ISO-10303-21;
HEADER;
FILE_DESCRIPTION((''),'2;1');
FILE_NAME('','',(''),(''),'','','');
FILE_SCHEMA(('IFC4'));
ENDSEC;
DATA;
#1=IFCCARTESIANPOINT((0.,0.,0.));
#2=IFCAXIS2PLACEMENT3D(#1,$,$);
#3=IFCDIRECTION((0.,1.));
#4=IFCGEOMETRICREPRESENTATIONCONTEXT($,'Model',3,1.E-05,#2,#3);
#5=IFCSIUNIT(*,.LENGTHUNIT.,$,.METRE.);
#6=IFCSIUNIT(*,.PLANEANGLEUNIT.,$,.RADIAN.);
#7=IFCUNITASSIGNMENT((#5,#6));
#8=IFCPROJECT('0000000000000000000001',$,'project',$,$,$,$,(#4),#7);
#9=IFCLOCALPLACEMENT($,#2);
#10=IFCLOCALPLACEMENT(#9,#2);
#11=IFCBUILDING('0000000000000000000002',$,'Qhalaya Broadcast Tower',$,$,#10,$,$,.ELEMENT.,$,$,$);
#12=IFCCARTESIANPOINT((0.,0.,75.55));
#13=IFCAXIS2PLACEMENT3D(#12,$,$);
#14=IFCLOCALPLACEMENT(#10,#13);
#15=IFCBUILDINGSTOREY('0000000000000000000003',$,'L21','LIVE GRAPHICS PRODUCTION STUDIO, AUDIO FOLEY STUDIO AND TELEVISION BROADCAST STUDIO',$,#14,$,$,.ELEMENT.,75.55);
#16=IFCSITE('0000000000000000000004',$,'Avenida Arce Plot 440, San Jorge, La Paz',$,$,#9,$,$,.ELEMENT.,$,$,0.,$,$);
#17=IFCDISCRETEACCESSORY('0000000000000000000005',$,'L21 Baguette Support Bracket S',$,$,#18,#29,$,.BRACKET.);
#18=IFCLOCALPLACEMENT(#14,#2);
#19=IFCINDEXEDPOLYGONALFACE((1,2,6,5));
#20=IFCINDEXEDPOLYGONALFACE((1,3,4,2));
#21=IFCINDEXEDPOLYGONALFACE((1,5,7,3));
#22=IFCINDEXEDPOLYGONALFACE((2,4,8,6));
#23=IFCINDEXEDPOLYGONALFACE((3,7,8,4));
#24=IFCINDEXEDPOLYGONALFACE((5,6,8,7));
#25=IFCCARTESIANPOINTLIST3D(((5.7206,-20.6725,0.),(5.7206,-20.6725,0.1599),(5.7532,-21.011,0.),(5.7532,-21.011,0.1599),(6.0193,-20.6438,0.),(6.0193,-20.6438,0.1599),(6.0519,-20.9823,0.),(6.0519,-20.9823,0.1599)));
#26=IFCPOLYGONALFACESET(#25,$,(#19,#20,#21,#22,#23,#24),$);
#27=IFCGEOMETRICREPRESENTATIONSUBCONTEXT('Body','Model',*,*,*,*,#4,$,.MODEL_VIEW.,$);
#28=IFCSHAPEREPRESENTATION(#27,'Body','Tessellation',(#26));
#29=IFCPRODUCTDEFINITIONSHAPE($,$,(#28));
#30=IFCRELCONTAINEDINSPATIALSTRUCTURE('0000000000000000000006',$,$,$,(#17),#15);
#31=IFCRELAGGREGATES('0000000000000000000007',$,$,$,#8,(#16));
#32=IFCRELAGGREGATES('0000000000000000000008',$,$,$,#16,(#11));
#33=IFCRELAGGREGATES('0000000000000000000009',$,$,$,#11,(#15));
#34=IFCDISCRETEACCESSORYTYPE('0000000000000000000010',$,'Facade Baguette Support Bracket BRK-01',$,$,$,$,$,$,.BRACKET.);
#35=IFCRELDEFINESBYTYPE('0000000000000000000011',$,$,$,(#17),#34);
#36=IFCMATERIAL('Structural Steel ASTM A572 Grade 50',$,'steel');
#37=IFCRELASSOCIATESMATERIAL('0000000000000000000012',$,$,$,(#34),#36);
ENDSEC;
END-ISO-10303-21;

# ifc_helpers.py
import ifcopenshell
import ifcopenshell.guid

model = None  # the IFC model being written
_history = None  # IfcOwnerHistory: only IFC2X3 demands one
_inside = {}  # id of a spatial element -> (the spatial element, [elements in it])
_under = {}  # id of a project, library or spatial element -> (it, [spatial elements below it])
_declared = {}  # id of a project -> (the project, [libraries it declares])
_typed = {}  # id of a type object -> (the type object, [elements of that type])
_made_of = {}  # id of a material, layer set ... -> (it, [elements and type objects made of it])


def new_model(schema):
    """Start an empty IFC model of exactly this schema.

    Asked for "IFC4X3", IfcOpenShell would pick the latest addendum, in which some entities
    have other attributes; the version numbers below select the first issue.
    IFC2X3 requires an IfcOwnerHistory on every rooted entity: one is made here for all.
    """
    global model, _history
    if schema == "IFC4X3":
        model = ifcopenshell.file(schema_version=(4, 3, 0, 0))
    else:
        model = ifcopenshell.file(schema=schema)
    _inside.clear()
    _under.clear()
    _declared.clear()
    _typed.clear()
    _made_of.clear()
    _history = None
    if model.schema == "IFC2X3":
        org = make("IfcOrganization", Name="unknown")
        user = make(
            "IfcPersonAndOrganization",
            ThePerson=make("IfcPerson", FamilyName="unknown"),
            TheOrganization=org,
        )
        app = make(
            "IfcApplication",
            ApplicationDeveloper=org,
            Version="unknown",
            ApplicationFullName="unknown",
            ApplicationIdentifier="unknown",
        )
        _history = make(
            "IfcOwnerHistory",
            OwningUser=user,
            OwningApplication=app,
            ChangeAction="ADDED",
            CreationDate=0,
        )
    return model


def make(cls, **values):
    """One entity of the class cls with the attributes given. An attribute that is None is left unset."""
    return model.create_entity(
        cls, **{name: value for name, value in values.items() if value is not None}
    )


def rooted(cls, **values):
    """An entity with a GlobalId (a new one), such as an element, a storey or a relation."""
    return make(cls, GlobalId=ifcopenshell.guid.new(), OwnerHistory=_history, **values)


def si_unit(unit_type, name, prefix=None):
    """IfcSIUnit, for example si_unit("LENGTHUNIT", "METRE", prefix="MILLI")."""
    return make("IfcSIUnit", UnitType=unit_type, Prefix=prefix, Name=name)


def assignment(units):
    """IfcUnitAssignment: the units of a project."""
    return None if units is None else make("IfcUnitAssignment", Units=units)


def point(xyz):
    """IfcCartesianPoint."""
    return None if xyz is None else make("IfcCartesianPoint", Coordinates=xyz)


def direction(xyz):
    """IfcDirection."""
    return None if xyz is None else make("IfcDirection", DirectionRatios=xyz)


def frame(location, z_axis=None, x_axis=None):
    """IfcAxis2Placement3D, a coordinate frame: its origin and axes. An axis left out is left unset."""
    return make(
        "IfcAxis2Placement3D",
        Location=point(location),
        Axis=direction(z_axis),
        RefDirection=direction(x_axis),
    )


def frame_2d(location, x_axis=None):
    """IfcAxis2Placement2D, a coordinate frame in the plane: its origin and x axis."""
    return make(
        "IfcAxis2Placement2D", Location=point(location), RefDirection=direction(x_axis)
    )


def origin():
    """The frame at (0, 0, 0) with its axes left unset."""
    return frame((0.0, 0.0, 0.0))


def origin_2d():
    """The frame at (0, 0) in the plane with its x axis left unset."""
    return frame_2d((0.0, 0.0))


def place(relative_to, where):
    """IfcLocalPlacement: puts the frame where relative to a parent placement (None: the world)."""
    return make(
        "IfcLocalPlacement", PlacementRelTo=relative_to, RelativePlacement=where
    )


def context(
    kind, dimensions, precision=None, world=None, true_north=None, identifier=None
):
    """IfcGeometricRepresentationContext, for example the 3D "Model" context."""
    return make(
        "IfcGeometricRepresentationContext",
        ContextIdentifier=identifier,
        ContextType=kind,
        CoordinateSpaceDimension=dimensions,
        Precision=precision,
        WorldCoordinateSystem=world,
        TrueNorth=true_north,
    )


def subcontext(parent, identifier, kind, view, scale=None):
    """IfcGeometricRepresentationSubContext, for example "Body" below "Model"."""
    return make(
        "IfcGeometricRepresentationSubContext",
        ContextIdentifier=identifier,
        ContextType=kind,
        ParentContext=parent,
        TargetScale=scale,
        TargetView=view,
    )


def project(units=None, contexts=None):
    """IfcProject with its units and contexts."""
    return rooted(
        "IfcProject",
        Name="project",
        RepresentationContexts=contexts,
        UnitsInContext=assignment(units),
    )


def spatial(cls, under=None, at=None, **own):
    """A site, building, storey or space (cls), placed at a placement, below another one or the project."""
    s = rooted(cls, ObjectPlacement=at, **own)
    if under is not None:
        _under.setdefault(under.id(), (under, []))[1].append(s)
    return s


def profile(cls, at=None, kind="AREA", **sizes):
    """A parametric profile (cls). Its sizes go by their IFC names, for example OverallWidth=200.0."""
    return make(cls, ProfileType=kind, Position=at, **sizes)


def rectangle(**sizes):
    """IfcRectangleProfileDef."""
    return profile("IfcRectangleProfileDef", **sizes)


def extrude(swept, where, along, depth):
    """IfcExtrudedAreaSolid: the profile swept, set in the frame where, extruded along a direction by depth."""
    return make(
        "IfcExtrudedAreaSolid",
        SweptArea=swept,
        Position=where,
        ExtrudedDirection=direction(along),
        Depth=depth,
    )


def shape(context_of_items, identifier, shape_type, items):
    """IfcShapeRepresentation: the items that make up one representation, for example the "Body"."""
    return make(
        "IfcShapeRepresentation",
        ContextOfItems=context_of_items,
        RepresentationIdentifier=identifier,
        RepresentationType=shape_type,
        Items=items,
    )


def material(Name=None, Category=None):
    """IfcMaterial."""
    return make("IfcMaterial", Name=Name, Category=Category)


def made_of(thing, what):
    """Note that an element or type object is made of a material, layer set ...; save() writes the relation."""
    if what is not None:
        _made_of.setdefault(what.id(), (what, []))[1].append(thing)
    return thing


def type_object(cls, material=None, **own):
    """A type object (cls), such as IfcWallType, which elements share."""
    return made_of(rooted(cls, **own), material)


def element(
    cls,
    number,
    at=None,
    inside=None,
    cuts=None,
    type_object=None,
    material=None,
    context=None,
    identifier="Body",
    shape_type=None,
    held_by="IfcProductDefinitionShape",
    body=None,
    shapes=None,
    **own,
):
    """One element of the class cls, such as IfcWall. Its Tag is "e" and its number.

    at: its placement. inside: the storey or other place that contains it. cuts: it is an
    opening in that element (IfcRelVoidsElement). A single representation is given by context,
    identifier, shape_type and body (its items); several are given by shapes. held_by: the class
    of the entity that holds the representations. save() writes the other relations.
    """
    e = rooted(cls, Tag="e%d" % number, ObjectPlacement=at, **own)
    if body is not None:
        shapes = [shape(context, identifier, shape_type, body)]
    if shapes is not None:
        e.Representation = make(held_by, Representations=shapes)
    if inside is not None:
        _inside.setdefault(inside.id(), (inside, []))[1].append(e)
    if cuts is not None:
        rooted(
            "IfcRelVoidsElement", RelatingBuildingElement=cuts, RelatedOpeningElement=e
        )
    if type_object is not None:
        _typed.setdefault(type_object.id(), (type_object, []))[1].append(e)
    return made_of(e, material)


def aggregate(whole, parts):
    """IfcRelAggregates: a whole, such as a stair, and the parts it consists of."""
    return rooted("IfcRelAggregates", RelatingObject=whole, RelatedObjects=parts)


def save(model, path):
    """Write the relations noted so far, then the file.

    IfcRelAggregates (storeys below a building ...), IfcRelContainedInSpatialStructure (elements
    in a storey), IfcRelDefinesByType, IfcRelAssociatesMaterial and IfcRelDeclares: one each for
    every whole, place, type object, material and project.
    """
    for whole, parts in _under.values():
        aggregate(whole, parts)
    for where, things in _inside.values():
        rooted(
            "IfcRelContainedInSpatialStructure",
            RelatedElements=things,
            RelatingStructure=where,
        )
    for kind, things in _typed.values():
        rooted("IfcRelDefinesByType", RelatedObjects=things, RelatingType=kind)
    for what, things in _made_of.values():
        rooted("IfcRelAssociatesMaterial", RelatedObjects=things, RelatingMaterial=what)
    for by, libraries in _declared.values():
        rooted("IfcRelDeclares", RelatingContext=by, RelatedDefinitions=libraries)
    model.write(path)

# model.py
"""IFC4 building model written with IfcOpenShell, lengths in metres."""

from ifc_helpers import new_model, si_unit, direction, frame, origin, origin_2d, place, context, subcontext, project, spatial, rectangle, extrude, material, type_object, element, save


model = new_model("IFC4")

# Units and contexts
model_context = context("Model", 3, precision=1e-05, world=origin(), true_north=direction((0.0, 1.0)))
body_context = subcontext(model_context, "Body", "Model", "MODEL_VIEW")
ifc_project = project(units=[si_unit("LENGTHUNIT", "METRE"), si_unit("PLANEANGLEUNIT", "RADIAN")], contexts=[model_context])

# Site, building, storey
site_placement = place(None, origin())
site = spatial("IfcSite", under=ifc_project, at=site_placement, Name="Avenida Arce Plot 440, San Jorge, La Paz", CompositionType="ELEMENT", RefElevation=0.0)
building_placement = place(site_placement, origin())
building = spatial("IfcBuilding", under=site, at=building_placement, Name="Qhalaya Broadcast Tower", CompositionType="ELEMENT")
storey_placement = place(building_placement, frame((0.0, 0.0, 75.55)))
storey = spatial("IfcBuildingStorey", under=building, at=storey_placement, Name="L21", Description="LIVE GRAPHICS PRODUCTION STUDIO, AUDIO FOLEY STUDIO AND TELEVISION BROADCAST STUDIO", CompositionType="ELEMENT", Elevation=75.55)

# Shared definitions
ifc_material_1 = material(Name="Structural Steel ASTM A572 Grade 50", Category="steel")

# Discrete accessory
discrete_accessory_type = type_object("IfcDiscreteAccessoryType", Name="Facade Baguette Support Bracket BRK-01", PredefinedType="BRACKET", material=ifc_material_1)
discrete_accessory_placement = place(storey_placement, frame((5.8862, -20.8274, 0.0), z_axis=(0.0, 0.0, 1.0), x_axis=(0.995396, 0.095846, 0.0)))
element("IfcDiscreteAccessory", 1, at=discrete_accessory_placement, inside=storey, type_object=discrete_accessory_type, Name="L21 Baguette Support Bracket S", PredefinedType="BRACKET", context=body_context, shape_type="SweptSolid", body=[
    extrude(rectangle(XDim=0.3, YDim=0.3401, at=origin_2d()), origin(), (0.0, 0.0, 1.0), 0.1599),
])

save(model, "model.ifc")
